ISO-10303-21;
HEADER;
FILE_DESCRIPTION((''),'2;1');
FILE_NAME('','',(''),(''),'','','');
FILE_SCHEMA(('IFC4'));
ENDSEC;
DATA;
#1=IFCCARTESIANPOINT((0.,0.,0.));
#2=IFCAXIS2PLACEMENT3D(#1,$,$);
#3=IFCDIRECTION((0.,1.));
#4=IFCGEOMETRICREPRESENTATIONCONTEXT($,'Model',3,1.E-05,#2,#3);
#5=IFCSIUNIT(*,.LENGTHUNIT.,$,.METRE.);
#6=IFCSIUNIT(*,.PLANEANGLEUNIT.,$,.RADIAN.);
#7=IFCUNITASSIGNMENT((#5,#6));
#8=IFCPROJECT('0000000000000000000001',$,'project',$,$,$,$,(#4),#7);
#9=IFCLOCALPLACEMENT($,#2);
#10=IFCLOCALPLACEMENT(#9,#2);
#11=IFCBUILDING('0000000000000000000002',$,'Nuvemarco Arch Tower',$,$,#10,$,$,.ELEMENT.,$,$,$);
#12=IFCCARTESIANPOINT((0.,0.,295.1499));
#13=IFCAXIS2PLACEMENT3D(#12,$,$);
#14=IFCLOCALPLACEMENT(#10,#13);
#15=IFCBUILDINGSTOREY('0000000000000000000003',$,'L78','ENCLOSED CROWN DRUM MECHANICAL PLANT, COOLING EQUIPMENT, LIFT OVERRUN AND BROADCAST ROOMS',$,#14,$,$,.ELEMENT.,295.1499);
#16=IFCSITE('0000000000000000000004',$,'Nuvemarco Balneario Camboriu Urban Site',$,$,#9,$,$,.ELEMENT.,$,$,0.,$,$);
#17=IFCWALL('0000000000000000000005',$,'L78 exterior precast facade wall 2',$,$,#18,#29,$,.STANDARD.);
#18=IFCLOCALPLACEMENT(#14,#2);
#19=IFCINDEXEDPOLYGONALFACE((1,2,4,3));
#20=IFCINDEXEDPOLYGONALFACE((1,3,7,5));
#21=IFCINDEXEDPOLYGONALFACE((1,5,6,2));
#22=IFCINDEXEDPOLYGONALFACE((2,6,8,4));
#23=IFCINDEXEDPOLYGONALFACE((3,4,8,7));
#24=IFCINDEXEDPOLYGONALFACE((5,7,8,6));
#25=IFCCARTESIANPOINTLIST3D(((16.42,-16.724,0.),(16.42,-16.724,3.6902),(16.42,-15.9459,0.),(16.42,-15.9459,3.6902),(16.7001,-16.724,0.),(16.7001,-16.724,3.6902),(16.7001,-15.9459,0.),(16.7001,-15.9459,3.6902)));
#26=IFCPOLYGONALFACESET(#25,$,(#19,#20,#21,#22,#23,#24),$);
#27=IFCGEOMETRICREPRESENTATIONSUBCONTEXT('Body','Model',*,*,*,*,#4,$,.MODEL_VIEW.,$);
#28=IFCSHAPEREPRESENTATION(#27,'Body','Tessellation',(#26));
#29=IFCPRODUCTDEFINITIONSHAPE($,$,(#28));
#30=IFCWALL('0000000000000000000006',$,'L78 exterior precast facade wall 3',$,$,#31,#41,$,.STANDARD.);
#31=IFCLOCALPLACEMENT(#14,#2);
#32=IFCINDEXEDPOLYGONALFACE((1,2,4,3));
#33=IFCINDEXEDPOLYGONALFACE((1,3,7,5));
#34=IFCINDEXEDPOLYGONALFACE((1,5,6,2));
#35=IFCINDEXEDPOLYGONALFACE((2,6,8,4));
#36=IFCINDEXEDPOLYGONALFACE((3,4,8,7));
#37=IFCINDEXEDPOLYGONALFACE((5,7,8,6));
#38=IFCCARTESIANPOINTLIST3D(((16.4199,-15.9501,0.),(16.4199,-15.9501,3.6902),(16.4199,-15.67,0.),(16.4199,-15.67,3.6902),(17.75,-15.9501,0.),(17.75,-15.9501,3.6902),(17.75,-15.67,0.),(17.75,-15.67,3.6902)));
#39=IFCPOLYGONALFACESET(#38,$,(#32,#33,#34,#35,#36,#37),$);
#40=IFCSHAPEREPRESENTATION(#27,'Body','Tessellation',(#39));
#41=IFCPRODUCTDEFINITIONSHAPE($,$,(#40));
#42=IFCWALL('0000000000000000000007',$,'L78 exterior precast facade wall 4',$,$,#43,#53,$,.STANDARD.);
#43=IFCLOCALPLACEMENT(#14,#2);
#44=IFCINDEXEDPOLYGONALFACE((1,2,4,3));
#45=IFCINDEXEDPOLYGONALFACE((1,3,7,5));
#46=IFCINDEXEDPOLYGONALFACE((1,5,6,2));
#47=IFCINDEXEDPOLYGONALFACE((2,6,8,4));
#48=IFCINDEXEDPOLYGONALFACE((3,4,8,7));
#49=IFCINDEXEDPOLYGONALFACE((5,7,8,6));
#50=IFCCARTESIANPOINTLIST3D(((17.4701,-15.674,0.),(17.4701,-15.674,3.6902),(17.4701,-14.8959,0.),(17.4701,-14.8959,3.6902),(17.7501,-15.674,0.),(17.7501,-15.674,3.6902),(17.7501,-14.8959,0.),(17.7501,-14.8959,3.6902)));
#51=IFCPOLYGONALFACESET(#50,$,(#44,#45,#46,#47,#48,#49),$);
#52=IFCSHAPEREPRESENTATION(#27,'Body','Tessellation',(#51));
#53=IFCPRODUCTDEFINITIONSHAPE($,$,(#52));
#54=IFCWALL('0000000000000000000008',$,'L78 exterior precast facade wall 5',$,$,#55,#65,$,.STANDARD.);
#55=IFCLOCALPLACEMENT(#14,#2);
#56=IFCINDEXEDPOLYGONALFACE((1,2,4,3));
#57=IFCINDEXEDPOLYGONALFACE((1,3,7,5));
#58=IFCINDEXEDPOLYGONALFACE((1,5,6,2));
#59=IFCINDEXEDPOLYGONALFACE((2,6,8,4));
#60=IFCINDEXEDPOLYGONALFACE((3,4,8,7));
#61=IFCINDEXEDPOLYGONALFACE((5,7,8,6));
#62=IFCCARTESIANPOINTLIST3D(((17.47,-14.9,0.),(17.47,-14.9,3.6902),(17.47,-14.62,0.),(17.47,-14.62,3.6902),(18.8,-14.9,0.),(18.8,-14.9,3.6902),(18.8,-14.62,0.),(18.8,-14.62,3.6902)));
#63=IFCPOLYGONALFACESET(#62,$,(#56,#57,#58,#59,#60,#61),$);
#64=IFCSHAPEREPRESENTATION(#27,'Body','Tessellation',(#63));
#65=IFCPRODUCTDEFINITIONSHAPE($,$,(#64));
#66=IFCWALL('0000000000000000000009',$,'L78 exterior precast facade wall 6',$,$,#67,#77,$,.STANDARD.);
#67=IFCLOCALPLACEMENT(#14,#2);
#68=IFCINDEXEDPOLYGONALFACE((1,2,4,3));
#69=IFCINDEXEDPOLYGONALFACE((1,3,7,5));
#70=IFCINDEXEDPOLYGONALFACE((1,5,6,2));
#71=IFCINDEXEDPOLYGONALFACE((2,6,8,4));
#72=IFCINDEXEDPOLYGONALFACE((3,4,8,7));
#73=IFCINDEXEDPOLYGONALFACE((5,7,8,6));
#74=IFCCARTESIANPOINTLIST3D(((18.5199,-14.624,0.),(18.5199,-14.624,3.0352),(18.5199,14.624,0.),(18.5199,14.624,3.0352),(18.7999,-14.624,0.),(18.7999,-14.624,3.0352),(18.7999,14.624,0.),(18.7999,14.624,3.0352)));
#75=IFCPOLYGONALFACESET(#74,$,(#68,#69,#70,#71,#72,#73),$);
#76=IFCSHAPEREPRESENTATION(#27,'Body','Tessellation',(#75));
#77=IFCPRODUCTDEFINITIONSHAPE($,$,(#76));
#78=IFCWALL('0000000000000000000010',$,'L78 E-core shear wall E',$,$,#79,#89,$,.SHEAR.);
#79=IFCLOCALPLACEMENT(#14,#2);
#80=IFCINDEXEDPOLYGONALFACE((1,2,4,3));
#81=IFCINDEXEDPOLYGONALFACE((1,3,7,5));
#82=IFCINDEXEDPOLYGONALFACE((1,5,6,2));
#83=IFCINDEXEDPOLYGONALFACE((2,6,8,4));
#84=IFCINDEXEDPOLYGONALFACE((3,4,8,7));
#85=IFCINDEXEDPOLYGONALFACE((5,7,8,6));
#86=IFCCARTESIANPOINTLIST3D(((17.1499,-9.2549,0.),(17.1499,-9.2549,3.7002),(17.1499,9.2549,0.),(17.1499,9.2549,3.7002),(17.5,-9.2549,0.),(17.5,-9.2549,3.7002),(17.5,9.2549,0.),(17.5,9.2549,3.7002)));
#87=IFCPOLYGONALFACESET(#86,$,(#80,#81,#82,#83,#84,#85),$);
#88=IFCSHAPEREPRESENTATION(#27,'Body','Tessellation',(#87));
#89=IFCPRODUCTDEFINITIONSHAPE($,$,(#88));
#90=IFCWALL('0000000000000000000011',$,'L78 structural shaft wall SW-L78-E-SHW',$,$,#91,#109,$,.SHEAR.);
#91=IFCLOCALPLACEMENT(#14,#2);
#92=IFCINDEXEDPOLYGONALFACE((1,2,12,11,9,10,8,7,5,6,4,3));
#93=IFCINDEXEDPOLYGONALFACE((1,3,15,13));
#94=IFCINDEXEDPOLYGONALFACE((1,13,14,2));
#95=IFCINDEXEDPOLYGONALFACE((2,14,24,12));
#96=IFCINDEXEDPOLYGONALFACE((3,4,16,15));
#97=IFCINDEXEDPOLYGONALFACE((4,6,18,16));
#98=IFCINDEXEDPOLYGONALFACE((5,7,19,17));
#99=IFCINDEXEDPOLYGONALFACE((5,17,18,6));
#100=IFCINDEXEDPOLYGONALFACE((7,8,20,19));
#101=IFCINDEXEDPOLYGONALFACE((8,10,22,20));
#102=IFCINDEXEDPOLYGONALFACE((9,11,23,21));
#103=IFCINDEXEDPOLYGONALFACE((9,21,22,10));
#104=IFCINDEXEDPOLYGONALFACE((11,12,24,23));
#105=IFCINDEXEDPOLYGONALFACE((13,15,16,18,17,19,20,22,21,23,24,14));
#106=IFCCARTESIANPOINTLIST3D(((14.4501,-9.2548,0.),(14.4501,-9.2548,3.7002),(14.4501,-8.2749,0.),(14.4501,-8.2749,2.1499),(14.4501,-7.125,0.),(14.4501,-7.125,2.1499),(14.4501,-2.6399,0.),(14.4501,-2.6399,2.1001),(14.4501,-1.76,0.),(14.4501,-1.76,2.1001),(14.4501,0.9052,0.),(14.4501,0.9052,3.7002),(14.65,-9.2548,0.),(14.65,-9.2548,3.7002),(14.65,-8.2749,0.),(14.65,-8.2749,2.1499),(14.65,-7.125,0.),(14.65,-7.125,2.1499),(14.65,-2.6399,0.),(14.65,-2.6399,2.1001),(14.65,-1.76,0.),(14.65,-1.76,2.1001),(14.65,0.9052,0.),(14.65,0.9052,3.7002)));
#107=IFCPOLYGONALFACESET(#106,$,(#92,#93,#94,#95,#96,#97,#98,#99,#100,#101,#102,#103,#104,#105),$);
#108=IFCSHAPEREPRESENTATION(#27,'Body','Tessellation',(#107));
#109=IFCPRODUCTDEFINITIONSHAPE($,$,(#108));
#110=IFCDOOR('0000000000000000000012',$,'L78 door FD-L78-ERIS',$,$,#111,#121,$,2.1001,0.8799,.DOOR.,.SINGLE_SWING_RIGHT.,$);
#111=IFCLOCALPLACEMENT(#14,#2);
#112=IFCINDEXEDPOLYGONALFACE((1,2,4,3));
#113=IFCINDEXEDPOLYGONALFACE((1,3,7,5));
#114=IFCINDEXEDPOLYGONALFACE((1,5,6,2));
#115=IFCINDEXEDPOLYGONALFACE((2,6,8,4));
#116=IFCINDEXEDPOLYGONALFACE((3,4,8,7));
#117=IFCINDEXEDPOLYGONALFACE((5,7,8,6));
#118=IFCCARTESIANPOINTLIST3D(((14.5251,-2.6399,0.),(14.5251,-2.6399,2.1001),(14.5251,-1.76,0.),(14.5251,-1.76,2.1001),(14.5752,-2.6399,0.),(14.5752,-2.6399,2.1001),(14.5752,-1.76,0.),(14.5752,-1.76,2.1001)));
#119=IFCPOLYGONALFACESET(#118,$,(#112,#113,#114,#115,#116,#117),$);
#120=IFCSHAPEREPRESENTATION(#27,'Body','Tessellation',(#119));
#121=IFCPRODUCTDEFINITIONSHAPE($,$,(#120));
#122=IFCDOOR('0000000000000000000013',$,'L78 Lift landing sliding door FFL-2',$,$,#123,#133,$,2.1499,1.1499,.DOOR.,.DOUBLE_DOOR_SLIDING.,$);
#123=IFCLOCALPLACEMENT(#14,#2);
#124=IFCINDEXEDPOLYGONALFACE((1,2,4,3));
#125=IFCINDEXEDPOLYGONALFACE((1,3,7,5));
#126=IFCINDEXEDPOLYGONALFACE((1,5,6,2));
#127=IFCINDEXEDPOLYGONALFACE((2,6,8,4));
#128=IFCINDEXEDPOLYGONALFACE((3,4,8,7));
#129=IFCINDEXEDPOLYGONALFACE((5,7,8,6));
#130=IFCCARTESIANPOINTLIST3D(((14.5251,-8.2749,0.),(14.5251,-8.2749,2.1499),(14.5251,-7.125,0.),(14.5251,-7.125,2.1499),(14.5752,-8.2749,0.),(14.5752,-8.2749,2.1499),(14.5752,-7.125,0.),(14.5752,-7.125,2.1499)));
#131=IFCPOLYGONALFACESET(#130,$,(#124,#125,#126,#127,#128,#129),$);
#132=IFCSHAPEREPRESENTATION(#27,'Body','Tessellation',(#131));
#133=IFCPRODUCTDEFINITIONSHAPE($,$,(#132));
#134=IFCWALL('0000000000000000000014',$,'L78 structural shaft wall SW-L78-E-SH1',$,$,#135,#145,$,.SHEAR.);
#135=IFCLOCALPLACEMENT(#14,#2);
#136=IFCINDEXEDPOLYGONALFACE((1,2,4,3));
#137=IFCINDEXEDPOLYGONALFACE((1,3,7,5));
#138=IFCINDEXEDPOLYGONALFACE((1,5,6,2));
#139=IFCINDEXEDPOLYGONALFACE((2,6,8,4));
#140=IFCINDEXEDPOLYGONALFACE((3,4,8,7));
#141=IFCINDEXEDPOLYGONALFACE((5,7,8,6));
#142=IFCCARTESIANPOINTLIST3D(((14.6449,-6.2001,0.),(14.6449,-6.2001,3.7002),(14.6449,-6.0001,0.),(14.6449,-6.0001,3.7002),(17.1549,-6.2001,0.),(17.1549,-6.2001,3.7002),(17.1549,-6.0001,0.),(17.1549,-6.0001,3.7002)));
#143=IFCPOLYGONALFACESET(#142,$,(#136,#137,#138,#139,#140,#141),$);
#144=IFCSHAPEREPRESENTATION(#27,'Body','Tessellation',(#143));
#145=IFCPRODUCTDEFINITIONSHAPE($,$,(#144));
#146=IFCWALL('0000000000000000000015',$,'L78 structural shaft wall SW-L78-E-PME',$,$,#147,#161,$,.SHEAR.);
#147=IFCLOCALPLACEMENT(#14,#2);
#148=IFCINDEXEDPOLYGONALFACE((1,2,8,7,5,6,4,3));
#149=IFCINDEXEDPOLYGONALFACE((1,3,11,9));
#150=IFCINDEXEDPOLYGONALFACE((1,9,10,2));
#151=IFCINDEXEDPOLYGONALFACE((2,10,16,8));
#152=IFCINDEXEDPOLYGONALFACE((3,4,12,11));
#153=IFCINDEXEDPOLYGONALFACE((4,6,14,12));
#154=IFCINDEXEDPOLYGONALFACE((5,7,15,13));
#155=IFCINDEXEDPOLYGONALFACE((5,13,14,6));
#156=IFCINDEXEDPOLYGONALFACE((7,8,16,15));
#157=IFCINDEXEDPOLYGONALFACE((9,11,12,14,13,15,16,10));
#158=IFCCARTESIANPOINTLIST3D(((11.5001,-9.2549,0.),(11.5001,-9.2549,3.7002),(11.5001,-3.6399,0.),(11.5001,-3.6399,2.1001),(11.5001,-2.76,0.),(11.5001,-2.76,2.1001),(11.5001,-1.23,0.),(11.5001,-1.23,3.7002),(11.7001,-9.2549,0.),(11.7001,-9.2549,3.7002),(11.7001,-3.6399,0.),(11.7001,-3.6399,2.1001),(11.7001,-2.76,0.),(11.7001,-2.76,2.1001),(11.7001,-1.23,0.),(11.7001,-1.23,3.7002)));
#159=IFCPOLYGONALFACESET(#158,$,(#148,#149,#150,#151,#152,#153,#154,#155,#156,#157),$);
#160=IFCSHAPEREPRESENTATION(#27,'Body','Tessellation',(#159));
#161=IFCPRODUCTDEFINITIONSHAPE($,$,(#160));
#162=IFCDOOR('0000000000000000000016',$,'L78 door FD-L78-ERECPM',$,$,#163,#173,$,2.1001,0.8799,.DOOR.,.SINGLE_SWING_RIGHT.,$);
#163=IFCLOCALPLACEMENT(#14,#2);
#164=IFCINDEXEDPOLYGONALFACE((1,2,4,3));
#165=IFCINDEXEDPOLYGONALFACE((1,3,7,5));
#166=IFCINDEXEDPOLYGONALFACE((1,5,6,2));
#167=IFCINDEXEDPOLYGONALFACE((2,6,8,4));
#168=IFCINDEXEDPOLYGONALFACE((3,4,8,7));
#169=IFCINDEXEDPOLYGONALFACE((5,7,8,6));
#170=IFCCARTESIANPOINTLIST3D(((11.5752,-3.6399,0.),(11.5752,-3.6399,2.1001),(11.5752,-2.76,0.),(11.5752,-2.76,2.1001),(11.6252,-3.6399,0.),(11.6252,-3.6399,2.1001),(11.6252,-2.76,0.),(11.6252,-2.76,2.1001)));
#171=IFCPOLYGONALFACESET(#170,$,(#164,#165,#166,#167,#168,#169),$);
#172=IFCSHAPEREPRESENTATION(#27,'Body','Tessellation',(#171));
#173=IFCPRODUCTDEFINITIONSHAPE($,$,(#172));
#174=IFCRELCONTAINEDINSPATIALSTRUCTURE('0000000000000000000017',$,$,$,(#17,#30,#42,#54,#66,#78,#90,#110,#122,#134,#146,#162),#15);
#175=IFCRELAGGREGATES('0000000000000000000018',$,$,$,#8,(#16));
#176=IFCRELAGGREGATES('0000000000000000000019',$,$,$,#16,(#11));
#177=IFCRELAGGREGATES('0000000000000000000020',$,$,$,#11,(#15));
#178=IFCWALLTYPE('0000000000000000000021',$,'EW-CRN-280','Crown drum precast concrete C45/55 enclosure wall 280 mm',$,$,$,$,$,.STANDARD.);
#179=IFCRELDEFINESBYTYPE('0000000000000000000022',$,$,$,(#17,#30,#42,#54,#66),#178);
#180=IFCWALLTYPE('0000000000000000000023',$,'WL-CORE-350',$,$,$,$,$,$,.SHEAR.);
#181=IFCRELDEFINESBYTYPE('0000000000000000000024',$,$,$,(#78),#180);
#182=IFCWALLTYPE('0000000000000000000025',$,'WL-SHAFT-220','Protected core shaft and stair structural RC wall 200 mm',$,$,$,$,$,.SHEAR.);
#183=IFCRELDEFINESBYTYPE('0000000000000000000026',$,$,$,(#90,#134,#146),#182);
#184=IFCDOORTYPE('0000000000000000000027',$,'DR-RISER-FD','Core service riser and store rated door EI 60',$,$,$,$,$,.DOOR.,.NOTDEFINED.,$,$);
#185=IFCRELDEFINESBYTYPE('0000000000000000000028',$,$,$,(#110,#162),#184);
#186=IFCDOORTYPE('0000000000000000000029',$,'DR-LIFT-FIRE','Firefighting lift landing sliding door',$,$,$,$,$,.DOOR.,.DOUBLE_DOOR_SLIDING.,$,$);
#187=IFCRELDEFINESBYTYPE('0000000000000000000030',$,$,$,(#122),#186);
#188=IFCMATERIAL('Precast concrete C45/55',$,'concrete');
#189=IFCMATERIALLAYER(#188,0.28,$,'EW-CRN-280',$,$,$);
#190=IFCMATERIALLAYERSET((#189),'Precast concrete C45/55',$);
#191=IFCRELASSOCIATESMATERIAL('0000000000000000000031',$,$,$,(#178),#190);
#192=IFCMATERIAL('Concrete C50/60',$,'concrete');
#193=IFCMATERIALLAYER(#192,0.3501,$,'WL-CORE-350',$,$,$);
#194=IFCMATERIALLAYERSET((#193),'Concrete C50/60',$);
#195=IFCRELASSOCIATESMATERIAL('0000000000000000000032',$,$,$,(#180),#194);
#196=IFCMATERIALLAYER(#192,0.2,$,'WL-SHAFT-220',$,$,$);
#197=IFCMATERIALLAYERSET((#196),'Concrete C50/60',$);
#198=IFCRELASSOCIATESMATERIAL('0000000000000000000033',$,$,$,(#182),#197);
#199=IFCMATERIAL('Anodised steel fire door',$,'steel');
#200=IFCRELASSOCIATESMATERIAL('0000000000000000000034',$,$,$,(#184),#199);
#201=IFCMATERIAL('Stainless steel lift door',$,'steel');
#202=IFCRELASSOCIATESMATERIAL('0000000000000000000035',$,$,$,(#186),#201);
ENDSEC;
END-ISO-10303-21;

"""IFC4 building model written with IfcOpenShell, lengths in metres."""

from ifc_helpers import new_model, si_unit, direction, frame, frame_2d, origin, place, context, subcontext, project, spatial, rectangle, extrude, source, transform, mapped, material, layer, layer_set, type_object, type_shapes, element, fill, save


model = new_model("IFC4")

# Units and contexts
model_context = context("Model", 3, precision=1e-05, world=origin(), true_north=direction((0.0, 1.0)))
body_context = subcontext(model_context, "Body", "Model", "MODEL_VIEW")
ifc_project = project(units=[si_unit("LENGTHUNIT", "METRE"), si_unit("PLANEANGLEUNIT", "RADIAN")], contexts=[model_context])

# Site, building, storey
site_placement = place(None, origin())
site = spatial("IfcSite", under=ifc_project, at=site_placement, Name="Nuvemarco Balneario Camboriu Urban Site", CompositionType="ELEMENT", RefElevation=0.0)
building_placement = place(site_placement, origin())
building = spatial("IfcBuilding", under=site, at=building_placement, Name="Nuvemarco Arch Tower", CompositionType="ELEMENT")
storey_placement = place(building_placement, frame((0.0, 0.0, 295.1499)))
storey = spatial("IfcBuildingStorey", under=building, at=storey_placement, Name="L78", Description="ENCLOSED CROWN DRUM MECHANICAL PLANT, COOLING EQUIPMENT, LIFT OVERRUN AND BROADCAST ROOMS", CompositionType="ELEMENT", Elevation=295.1499)

# Shared definitions
ifc_material_1 = material(Name="Concrete C50/60", Category="concrete")

# Shared definitions
ifc_material_2 = material(Name="Precast concrete C45/55", Category="concrete")

# Walls
ifc_layer_1 = layer(ifc_material_2, 0.28, Name="EW-CRN-280")
ifc_layer_set_1 = layer_set([ifc_layer_1], Name="Precast concrete C45/55")
wall_type_1 = type_object("IfcWallType", Name="EW-CRN-280", Description="Crown drum precast concrete C45/55 enclosure wall 280 mm", PredefinedType="STANDARD", material=ifc_layer_set_1)
wall_1_placement = place(storey_placement, frame((16.5601, -16.7241, 0.0), z_axis=(0.0, 0.0, 1.0), x_axis=(0.0, 1.0, 0.0)))
element("IfcWall", 1, at=wall_1_placement, inside=storey, type_object=wall_type_1, Name="L78 exterior precast facade wall 2", PredefinedType="STANDARD", context=body_context, shape_type="SweptSolid", body=[
    extrude(rectangle(XDim=0.7781, YDim=0.28, at=frame_2d((0.3892, 0.0))), origin(), (0.0, 0.0, 1.0), 3.6902),
])
wall_2_placement = place(storey_placement, frame((16.4199, -15.8101, 0.0), z_axis=(0.0, 0.0, 1.0), x_axis=(1.0, 0.0, 0.0)))
element("IfcWall", 2, at=wall_2_placement, inside=storey, type_object=wall_type_1, Name="L78 exterior precast facade wall 3", PredefinedType="STANDARD", context=body_context, shape_type="SweptSolid", body=[
    extrude(rectangle(XDim=1.3301, YDim=0.28, at=frame_2d((0.665, 0.0))), origin(), (0.0, 0.0, 1.0), 3.6902),
])
wall_3_placement = place(storey_placement, frame((17.6101, -15.6741, 0.0), z_axis=(0.0, 0.0, 1.0), x_axis=(0.0, 1.0, 0.0)))
element("IfcWall", 3, at=wall_3_placement, inside=storey, type_object=wall_type_1, Name="L78 exterior precast facade wall 4", PredefinedType="STANDARD", context=body_context, shape_type="SweptSolid", body=[
    extrude(rectangle(XDim=0.7781, YDim=0.28, at=frame_2d((0.3892, 0.0))), origin(), (0.0, 0.0, 1.0), 3.6902),
])
wall_4_placement = place(storey_placement, frame((17.47, -14.76, 0.0), z_axis=(0.0, 0.0, 1.0), x_axis=(1.0, 0.0, 0.0)))
element("IfcWall", 4, at=wall_4_placement, inside=storey, type_object=wall_type_1, Name="L78 exterior precast facade wall 5", PredefinedType="STANDARD", context=body_context, shape_type="SweptSolid", body=[
    extrude(rectangle(XDim=1.3301, YDim=0.28, at=frame_2d((0.665, 0.0))), origin(), (0.0, 0.0, 1.0), 3.6902),
])
wall_5_placement = place(storey_placement, frame((18.6599, -14.624, 0.0), z_axis=(0.0, 0.0, 1.0), x_axis=(0.0, 1.0, 0.0)))
element("IfcWall", 5, at=wall_5_placement, inside=storey, type_object=wall_type_1, Name="L78 exterior precast facade wall 6", PredefinedType="STANDARD", context=body_context, shape_type="SweptSolid", body=[
    extrude(rectangle(XDim=29.248, YDim=0.28, at=frame_2d((14.624, 0.0))), origin(), (0.0, 0.0, 1.0), 3.0352),
])
ifc_layer_2 = layer(ifc_material_1, 0.3501, Name="WL-CORE-350")
ifc_layer_set_2 = layer_set([ifc_layer_2], Name="Concrete C50/60")
wall_type_2 = type_object("IfcWallType", Name="WL-CORE-350", PredefinedType="SHEAR", material=ifc_layer_set_2)
wall_6_placement = place(storey_placement, frame((17.325, -9.2549, 0.0), z_axis=(0.0, 0.0, 1.0), x_axis=(0.0, 1.0, 0.0)))
element("IfcWall", 6, at=wall_6_placement, inside=storey, type_object=wall_type_2, Name="L78 E-core shear wall E", PredefinedType="SHEAR", context=body_context, shape_type="SweptSolid", body=[
    extrude(rectangle(XDim=18.5098, YDim=0.3501, at=frame_2d((9.2549, 0.0))), origin(), (0.0, 0.0, 1.0), 3.7002),
])

# Wall, openings, doors
ifc_layer_3 = layer(ifc_material_1, 0.2, Name="WL-SHAFT-220")
ifc_layer_set_3 = layer_set([ifc_layer_3], Name="Concrete C50/60")
wall_type_3 = type_object("IfcWallType", Name="WL-SHAFT-220", Description="Protected core shaft and stair structural RC wall 200 mm", PredefinedType="SHEAR", material=ifc_layer_set_3)
wall_7_placement = place(storey_placement, frame((14.55, -9.2549, 0.0), z_axis=(0.0, 0.0, 1.0), x_axis=(0.0, 1.0, 0.0)))
wall_7 = element("IfcWall", 7, at=wall_7_placement, inside=storey, type_object=wall_type_3, Name="L78 structural shaft wall SW-L78-E-SHW", PredefinedType="SHEAR", context=body_context, shape_type="SweptSolid", body=[
    extrude(rectangle(XDim=10.1599, YDim=0.2, at=frame_2d((5.0801, 0.0))), origin(), (0.0, 0.0, 1.0), 3.7002),
])
opening_1_placement = place(wall_7_placement, frame((6.615, 0.0, 0.0)))
opening_1 = element("IfcOpeningElement", 8, at=opening_1_placement, cuts=wall_7, PredefinedType="OPENING", context=body_context, shape_type="SweptSolid", body=[
    extrude(rectangle(XDim=0.8799, YDim=2.1001, at=frame_2d((0.4399, 1.05))), frame((0.0, 0.1099, 0.0), z_axis=(0.0, -1.0, 0.0), x_axis=(1.0, 0.0, 0.0)), (0.0, 0.0, 1.0), 0.22),
])
opening_2_placement = place(wall_7_placement, frame((0.98, 0.0, 0.0)))
opening_2 = element("IfcOpeningElement", 9, at=opening_2_placement, cuts=wall_7, PredefinedType="OPENING", context=body_context, shape_type="SweptSolid", body=[
    extrude(rectangle(XDim=1.1499, YDim=2.1499, at=frame_2d((0.575, 1.075))), frame((0.0, 0.1099, 0.0), z_axis=(0.0, -1.0, 0.0), x_axis=(1.0, 0.0, 0.0)), (0.0, 0.0, 1.0), 0.22),
])
ifc_material_3 = material(Name="Anodised steel fire door", Category="steel")
door_type_1 = type_object("IfcDoorType", Name="DR-RISER-FD", Description="Core service riser and store rated door EI 60", OperationType="NOTDEFINED", PredefinedType="DOOR", material=ifc_material_3)
shared_shape_1 = source(origin(), body_context, "Body", "SweptSolid", [
    extrude(rectangle(XDim=0.8799, YDim=2.1001, at=frame_2d((0.4399, 1.05))), frame((0.0, 0.0249, 0.0), z_axis=(0.0, -1.0, 0.0), x_axis=(1.0, 0.0, 0.0)), (0.0, 0.0, 1.0), 0.05),
])
type_shapes(door_type_1, [shared_shape_1])
door_1_placement = place(opening_1_placement, origin())
door_1 = element("IfcDoor", 10, at=door_1_placement, inside=storey, type_object=door_type_1, Name="L78 door FD-L78-ERIS", OperationType="SINGLE_SWING_RIGHT", OverallHeight=2.1001, OverallWidth=0.8799, PredefinedType="DOOR", context=body_context, shape_type="MappedRepresentation", body=[
    mapped(shared_shape_1, transform((0.0, 0.0, 0.0), scale=1.0)),
])
fill(opening_1, door_1)
ifc_material_4 = material(Name="Stainless steel lift door", Category="steel")
door_type_2 = type_object("IfcDoorType", Name="DR-LIFT-FIRE", Description="Firefighting lift landing sliding door", OperationType="DOUBLE_DOOR_SLIDING", PredefinedType="DOOR", material=ifc_material_4)
shared_shape_2 = source(origin(), body_context, "Body", "SweptSolid", [
    extrude(rectangle(XDim=1.1499, YDim=2.1499, at=frame_2d((0.575, 1.075))), frame((0.0, 0.0249, 0.0), z_axis=(0.0, -1.0, 0.0), x_axis=(1.0, 0.0, 0.0)), (0.0, 0.0, 1.0), 0.05),
])
type_shapes(door_type_2, [shared_shape_2])
door_2_placement = place(opening_2_placement, origin())
door_2 = element("IfcDoor", 11, at=door_2_placement, inside=storey, type_object=door_type_2, Name="L78 Lift landing sliding door FFL-2", OperationType="DOUBLE_DOOR_SLIDING", OverallHeight=2.1499, OverallWidth=1.1499, PredefinedType="DOOR", context=body_context, shape_type="MappedRepresentation", body=[
    mapped(shared_shape_2, transform((0.0, 0.0, 0.0), scale=1.0)),
])
fill(opening_2, door_2)

# Wall
wall_8_placement = place(storey_placement, frame((14.645, -6.1001, 0.0), z_axis=(0.0, 0.0, 1.0), x_axis=(1.0, 0.0, 0.0)))
element("IfcWall", 12, at=wall_8_placement, inside=storey, type_object=wall_type_3, Name="L78 structural shaft wall SW-L78-E-SH1", PredefinedType="SHEAR", context=body_context, shape_type="SweptSolid", body=[
    extrude(rectangle(XDim=2.51, YDim=0.2, at=frame_2d((1.2549, 0.0))), origin(), (0.0, 0.0, 1.0), 3.7002),
])

# Wall, opening, door
wall_9_placement = place(storey_placement, frame((11.6001, -9.2549, 0.0), z_axis=(0.0, 0.0, 1.0), x_axis=(0.0, 1.0, 0.0)))
wall_9 = element("IfcWall", 13, at=wall_9_placement, inside=storey, type_object=wall_type_3, Name="L78 structural shaft wall SW-L78-E-PME", PredefinedType="SHEAR", context=body_context, shape_type="SweptSolid", body=[
    extrude(rectangle(XDim=8.0249, YDim=0.2, at=frame_2d((4.0125, 0.0))), origin(), (0.0, 0.0, 1.0), 3.7002),
])
opening_3_placement = place(wall_9_placement, frame((5.615, 0.0, 0.0)))
opening_3 = element("IfcOpeningElement", 14, at=opening_3_placement, cuts=wall_9, PredefinedType="OPENING", context=body_context, shape_type="SweptSolid", body=[
    extrude(rectangle(XDim=0.8799, YDim=2.1001, at=frame_2d((0.4399, 1.05))), frame((0.0, 0.1099, 0.0), z_axis=(0.0, -1.0, 0.0), x_axis=(1.0, 0.0, 0.0)), (0.0, 0.0, 1.0), 0.22),
])
door_3_placement = place(opening_3_placement, origin())
door_3 = element("IfcDoor", 15, at=door_3_placement, inside=storey, type_object=door_type_1, Name="L78 door FD-L78-ERECPM", OperationType="SINGLE_SWING_RIGHT", OverallHeight=2.1001, OverallWidth=0.8799, PredefinedType="DOOR", context=body_context, shape_type="MappedRepresentation", body=[
    mapped(shared_shape_1, transform((0.0, 0.0, 0.0), scale=1.0)),
])
fill(opening_3, door_3)

save(model, "model.ifc")
